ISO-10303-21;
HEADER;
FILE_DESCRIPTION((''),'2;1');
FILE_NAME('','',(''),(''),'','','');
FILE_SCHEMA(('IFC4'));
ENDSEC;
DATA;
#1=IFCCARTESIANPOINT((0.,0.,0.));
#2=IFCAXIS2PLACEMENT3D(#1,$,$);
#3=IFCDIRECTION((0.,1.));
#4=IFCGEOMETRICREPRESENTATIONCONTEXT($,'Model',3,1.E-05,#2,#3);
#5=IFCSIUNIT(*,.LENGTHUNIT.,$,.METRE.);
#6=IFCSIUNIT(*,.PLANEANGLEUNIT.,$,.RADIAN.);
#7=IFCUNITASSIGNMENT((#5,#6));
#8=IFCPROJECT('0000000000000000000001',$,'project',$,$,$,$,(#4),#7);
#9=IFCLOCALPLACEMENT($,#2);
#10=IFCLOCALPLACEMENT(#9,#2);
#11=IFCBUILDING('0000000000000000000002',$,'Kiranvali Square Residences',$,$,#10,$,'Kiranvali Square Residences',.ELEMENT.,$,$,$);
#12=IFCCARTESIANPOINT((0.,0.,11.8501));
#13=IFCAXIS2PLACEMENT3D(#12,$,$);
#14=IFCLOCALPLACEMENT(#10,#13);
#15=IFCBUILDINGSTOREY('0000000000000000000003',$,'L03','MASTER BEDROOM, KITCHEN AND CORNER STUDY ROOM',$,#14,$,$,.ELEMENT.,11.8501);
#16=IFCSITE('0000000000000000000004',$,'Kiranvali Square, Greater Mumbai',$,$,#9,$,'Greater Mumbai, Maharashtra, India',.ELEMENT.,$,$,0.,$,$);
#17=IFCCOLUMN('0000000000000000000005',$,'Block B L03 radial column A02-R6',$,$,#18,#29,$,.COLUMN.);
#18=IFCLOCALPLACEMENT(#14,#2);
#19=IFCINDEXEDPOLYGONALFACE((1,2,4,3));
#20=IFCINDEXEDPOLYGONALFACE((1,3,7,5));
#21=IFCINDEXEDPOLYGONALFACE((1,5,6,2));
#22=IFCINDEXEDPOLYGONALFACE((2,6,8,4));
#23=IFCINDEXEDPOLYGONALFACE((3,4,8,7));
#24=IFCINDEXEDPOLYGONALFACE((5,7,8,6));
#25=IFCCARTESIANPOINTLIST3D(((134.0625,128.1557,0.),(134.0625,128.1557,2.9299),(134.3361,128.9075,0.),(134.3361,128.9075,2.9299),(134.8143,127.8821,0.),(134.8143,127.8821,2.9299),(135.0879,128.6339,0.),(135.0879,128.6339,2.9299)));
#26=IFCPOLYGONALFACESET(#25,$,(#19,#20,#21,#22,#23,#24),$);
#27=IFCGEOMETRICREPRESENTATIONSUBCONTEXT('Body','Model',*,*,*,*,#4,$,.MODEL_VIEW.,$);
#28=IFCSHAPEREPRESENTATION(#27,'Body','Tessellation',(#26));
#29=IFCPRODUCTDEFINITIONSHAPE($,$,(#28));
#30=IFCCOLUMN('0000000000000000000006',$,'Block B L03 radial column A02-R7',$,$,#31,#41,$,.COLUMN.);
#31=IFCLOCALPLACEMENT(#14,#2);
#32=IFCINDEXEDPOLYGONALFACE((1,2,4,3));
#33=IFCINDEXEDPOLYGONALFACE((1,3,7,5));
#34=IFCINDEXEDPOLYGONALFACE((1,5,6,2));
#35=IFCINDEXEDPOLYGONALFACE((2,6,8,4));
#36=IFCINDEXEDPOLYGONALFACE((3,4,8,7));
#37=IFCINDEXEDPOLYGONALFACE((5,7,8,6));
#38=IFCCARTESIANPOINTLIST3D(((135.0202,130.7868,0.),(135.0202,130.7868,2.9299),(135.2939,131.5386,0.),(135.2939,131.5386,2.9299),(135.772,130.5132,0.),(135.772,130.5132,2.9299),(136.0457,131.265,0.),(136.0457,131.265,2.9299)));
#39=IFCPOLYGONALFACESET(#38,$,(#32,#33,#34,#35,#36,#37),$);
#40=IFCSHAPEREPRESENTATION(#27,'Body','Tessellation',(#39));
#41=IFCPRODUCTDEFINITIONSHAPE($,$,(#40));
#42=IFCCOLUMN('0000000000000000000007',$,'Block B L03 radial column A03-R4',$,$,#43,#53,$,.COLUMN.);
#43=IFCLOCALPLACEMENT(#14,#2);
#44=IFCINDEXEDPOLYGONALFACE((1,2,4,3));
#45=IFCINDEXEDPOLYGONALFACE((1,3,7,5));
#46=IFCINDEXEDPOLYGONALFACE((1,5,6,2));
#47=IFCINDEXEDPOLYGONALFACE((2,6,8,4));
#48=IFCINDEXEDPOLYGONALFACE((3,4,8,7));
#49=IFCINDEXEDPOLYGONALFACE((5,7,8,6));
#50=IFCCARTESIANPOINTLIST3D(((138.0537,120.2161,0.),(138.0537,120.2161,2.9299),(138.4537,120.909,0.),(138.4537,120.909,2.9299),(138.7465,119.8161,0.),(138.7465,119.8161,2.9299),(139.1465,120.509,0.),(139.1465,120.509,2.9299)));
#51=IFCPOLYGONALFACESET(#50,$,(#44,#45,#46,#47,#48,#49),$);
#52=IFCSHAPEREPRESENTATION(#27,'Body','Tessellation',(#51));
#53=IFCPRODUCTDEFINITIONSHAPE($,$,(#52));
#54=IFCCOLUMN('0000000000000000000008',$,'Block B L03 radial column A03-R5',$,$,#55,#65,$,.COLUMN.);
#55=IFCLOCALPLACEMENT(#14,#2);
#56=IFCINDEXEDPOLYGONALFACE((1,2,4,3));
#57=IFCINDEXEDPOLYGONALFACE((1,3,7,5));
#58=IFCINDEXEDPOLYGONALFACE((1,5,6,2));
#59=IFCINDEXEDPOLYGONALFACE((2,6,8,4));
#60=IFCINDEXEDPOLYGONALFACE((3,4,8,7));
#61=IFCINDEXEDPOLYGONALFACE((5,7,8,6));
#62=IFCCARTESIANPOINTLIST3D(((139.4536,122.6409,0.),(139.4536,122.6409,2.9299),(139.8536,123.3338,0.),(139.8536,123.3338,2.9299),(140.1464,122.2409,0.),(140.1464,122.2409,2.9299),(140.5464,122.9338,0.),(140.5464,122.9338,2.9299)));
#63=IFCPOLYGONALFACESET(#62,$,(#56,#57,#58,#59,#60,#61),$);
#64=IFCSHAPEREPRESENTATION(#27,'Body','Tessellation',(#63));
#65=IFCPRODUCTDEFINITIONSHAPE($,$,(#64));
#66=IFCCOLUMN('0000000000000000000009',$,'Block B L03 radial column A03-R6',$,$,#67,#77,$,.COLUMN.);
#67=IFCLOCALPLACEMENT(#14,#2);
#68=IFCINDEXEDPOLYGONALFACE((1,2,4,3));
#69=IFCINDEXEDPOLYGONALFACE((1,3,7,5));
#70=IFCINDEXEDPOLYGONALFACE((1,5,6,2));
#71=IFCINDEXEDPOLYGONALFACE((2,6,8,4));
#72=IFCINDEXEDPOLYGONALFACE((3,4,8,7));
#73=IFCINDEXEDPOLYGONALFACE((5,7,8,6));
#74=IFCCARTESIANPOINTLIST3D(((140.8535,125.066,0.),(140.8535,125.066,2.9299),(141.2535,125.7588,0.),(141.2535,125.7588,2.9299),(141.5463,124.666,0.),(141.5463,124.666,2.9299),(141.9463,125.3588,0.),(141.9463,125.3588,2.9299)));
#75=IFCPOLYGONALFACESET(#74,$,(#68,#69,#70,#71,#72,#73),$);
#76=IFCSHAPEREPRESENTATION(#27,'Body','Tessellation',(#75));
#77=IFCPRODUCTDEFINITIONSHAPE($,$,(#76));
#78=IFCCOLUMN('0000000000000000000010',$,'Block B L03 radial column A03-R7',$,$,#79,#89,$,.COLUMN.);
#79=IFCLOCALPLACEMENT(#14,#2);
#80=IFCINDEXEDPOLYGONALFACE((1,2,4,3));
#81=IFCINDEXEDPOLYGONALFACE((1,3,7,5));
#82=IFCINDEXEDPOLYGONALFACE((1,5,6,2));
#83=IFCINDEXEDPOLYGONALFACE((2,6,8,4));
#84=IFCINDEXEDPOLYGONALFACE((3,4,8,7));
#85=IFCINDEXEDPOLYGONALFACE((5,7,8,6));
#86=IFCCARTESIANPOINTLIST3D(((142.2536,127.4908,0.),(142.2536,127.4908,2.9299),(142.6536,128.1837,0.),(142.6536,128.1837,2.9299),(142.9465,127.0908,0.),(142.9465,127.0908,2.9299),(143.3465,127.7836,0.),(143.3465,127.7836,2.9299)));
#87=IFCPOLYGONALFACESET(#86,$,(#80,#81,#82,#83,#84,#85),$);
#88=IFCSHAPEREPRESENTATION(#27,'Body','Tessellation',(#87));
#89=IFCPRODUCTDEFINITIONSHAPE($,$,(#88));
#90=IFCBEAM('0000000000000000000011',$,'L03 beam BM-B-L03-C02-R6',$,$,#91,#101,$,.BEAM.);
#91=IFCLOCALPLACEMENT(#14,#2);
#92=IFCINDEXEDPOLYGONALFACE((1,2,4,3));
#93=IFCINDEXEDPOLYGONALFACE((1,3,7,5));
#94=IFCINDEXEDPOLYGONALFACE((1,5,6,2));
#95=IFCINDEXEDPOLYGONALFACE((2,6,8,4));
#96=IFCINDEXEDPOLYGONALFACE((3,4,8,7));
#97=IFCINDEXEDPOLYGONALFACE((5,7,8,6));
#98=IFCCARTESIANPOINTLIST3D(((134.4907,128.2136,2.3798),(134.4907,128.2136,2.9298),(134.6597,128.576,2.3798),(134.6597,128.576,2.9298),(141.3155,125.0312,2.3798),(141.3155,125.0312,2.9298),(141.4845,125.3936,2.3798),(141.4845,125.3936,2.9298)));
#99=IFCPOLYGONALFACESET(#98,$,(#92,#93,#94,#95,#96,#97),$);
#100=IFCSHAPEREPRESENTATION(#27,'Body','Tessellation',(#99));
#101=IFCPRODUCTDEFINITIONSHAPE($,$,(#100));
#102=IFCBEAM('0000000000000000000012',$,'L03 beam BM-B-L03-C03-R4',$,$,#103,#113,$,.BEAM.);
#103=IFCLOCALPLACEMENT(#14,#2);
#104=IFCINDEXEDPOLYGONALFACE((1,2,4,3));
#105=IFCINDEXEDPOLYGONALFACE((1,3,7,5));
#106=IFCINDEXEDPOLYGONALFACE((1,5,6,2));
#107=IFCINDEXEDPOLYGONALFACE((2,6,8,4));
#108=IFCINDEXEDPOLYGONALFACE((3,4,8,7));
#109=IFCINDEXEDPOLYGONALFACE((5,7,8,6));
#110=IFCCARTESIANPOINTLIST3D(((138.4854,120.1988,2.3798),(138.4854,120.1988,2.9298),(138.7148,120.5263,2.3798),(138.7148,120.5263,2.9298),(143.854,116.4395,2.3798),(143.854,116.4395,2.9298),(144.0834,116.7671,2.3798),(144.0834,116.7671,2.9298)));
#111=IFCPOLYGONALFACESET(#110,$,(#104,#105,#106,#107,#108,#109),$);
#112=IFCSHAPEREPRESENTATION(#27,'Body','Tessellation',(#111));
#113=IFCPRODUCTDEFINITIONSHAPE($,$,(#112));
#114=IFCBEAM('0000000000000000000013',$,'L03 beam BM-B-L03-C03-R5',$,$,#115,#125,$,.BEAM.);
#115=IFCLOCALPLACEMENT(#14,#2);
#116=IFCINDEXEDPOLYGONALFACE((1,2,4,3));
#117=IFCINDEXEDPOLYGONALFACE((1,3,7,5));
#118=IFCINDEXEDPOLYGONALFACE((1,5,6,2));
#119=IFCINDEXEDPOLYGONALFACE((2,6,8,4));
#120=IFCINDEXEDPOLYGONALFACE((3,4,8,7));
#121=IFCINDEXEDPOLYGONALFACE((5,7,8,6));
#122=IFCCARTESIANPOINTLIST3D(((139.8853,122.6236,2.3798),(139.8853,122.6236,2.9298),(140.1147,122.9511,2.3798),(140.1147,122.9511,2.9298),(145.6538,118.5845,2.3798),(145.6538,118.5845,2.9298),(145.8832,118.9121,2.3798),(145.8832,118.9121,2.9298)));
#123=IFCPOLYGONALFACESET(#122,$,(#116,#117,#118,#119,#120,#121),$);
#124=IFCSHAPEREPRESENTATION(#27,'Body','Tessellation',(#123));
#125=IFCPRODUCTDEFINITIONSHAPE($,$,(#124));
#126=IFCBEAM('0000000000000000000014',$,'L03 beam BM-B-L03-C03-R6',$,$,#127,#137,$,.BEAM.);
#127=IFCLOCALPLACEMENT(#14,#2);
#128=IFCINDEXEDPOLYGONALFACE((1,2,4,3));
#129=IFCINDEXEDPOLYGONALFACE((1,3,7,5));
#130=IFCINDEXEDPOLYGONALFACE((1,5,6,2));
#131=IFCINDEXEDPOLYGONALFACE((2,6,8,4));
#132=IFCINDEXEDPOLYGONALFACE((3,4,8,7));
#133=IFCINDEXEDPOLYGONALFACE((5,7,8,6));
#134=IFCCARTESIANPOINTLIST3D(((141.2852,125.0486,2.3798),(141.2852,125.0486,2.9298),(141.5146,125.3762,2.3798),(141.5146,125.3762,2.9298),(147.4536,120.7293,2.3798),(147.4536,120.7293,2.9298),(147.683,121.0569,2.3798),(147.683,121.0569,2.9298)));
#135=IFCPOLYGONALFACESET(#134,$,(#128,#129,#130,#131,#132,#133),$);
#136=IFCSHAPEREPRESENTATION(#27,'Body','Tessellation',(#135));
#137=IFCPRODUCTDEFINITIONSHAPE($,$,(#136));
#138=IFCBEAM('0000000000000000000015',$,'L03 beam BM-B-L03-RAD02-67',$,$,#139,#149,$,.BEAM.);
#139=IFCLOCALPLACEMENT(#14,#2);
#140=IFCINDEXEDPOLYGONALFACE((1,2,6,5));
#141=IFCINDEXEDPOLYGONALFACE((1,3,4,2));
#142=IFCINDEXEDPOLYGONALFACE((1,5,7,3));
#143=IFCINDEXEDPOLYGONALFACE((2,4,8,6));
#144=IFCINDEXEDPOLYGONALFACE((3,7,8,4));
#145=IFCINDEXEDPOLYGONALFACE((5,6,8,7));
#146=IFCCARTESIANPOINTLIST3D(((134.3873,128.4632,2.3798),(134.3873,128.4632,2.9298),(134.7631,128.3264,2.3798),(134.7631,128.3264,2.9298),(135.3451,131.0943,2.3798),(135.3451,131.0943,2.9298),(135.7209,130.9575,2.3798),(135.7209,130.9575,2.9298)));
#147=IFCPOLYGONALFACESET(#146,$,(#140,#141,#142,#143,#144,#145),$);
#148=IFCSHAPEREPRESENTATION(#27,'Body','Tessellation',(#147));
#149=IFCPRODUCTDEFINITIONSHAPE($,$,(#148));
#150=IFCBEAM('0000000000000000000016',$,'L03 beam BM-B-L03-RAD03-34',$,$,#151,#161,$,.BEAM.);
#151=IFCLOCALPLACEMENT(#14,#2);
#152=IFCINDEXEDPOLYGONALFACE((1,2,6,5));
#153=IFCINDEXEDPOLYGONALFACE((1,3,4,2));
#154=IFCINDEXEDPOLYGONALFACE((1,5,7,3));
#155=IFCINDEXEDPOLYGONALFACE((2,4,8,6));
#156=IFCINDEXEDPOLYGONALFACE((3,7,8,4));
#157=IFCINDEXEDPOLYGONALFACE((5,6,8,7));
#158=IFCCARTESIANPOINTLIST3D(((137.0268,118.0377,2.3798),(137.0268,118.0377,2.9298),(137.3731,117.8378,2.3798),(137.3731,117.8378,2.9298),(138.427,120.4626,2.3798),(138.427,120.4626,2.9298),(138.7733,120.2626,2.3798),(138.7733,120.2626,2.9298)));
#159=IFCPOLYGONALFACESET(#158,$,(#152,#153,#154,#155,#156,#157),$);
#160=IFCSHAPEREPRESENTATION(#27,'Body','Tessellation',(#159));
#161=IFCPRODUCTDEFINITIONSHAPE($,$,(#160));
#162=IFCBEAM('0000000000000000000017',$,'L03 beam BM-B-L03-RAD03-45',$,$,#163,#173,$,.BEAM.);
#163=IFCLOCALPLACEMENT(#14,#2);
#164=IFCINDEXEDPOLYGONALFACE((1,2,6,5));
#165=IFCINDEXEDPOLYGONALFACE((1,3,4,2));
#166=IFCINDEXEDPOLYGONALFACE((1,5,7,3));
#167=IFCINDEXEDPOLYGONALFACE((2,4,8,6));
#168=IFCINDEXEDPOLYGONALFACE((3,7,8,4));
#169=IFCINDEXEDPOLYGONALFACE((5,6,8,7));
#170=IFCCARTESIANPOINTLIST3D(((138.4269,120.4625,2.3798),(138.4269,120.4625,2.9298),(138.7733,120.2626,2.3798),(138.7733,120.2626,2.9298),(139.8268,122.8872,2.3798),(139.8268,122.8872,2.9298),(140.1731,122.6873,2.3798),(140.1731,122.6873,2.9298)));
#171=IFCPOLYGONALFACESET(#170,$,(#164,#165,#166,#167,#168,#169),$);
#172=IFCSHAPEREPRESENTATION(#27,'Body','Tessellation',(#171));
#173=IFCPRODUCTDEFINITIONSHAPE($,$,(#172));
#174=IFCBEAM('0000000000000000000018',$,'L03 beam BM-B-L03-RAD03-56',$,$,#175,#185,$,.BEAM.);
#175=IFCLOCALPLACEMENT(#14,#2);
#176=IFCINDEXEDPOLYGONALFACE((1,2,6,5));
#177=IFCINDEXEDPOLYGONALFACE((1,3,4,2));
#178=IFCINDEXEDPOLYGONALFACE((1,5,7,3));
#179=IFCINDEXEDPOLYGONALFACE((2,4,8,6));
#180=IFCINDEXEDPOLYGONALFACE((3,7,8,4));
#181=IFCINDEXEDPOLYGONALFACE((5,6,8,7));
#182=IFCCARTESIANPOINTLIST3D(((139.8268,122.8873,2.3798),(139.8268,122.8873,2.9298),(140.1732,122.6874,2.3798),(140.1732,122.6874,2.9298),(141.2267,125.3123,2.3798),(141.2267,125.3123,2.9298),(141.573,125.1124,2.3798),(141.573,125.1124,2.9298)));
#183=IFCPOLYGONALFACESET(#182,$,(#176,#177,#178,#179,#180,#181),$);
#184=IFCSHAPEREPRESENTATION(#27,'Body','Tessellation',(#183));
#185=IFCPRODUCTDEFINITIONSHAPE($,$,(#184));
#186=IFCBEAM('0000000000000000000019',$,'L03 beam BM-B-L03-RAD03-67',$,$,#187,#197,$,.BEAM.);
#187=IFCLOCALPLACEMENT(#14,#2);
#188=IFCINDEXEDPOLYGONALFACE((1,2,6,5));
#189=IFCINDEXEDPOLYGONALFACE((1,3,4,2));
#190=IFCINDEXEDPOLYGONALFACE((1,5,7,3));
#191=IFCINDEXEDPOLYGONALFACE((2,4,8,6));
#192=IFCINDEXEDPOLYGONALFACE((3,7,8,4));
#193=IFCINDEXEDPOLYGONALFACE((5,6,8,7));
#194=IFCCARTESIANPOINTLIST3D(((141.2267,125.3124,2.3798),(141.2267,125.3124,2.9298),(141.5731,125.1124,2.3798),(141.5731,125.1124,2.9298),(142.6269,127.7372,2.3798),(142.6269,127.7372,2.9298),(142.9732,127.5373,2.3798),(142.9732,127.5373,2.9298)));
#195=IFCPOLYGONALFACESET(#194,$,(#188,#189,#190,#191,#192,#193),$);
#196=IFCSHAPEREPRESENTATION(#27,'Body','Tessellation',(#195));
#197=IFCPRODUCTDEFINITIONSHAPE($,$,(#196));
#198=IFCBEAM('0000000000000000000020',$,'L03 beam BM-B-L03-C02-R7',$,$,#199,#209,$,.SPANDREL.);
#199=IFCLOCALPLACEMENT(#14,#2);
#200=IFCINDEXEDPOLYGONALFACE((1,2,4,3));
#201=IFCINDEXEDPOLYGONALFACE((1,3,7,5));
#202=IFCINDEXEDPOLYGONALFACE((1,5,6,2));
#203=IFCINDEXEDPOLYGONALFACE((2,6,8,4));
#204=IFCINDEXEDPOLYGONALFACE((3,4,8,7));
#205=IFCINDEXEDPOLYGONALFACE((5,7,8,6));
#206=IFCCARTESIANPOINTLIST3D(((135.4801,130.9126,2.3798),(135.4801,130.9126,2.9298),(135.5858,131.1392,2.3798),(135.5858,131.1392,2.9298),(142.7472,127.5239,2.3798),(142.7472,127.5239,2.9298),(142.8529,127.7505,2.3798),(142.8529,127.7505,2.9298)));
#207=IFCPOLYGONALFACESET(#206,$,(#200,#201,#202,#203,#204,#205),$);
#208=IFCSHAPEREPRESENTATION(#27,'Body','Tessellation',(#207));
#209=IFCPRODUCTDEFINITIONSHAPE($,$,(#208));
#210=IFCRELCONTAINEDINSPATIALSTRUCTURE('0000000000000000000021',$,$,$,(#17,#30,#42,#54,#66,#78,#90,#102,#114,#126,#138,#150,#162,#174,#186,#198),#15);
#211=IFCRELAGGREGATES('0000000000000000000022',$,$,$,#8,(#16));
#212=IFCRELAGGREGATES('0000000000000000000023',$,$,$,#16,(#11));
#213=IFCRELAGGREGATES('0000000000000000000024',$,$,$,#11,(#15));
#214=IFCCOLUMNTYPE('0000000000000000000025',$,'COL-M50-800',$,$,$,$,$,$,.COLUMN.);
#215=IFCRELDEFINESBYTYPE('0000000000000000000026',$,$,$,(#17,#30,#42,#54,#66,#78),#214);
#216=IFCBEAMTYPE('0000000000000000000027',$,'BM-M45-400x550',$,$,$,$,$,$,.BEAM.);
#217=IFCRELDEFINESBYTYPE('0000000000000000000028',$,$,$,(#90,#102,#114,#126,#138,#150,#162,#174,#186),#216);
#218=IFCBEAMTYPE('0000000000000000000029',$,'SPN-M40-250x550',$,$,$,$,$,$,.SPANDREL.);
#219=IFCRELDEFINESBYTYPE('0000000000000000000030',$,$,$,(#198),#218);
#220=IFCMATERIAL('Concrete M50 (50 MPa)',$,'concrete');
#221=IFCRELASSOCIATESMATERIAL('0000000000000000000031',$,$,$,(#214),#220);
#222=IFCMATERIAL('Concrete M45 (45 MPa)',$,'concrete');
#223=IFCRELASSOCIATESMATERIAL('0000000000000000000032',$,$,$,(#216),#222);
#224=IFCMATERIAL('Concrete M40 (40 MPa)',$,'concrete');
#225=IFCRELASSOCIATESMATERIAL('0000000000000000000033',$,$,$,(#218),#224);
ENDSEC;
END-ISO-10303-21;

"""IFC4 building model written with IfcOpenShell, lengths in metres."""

from ifc_helpers import new_model, si_unit, direction, frame, origin, origin_2d, place, context, subcontext, project, spatial, rectangle, extrude, material, material_profile, profile_set, type_object, element, save


model = new_model("IFC4")

# Units and contexts
model_context = context("Model", 3, precision=1e-05, world=origin(), true_north=direction((0.0, 1.0)))
body_context = subcontext(model_context, "Body", "Model", "MODEL_VIEW")
ifc_project = project(units=[si_unit("LENGTHUNIT", "METRE"), si_unit("PLANEANGLEUNIT", "RADIAN")], contexts=[model_context])

# Site, building, storey
site_placement = place(None, origin())
site = spatial("IfcSite", under=ifc_project, at=site_placement, Name="Kiranvali Square, Greater Mumbai", LongName="Greater Mumbai, Maharashtra, India", CompositionType="ELEMENT", RefElevation=0.0)
building_placement = place(site_placement, origin())
building = spatial("IfcBuilding", under=site, at=building_placement, Name="Kiranvali Square Residences", LongName="Kiranvali Square Residences", CompositionType="ELEMENT")
storey_placement = place(building_placement, frame((0.0, 0.0, 11.8501)))
storey = spatial("IfcBuildingStorey", under=building, at=storey_placement, Name="L03", Description="MASTER BEDROOM, KITCHEN AND CORNER STUDY ROOM", CompositionType="ELEMENT", Elevation=11.8501)

# Columns
ifc_material_1 = material(Name="Concrete M50 (50 MPa)", Category="concrete")
ifc_material_profile_1 = material_profile(ifc_material_1, rectangle(XDim=0.8, YDim=0.8, at=origin_2d()), Name="RC 800x800")
ifc_profile_set_1 = profile_set([ifc_material_profile_1], Name="Concrete M50 (50 MPa)")
column_type = type_object("IfcColumnType", Name="COL-M50-800", PredefinedType="COLUMN", material=ifc_profile_set_1)
for number, where, z_axis, x_axis, name in (
    (1, (134.5752, 128.3948, 0.0), (0.0, 0.0, 1.0), (-0.939693, 0.34202, 0.0), "Block B L03 radial column A02-R6"),
    (2, (135.533, 131.0259, 0.0), (0.0, 0.0, 1.0), (-0.939693, 0.34202, 0.0), "Block B L03 radial column A02-R7"),
    (3, (138.6001, 120.3625, 0.0), (0.0, 0.0, 1.0), (-0.866025, 0.5, 0.0), "Block B L03 radial column A03-R4"),
    (4, (140.0, 122.7874, 0.0), (0.0, 0.0, 1.0), (-0.866025, 0.5, 0.0), "Block B L03 radial column A03-R5"),
    (5, (141.3999, 125.2124, 0.0), (0.0, 0.0, 1.0), (-0.866025, 0.5, 0.0), "Block B L03 radial column A03-R6"),
    (6, (142.8, 127.6372, 0.0), (0.0, 0.0, 1.0), (-0.866025, 0.5, 0.0), "Block B L03 radial column A03-R7"),
):
    element("IfcColumn", number, at=place(storey_placement, frame(where, z_axis=z_axis, x_axis=x_axis)), inside=storey, type_object=column_type, Name=name, PredefinedType="COLUMN", context=body_context, shape_type="SweptSolid", body=[
        extrude(rectangle(XDim=0.8, YDim=0.8, at=origin_2d()), origin(), (0.0, 0.0, 1.0), 2.9299),
    ])

# Beams
ifc_material_2 = material(Name="Concrete M45 (45 MPa)", Category="concrete")
ifc_material_profile_2 = material_profile(ifc_material_2, rectangle(XDim=0.3999, YDim=0.55, at=origin_2d()), Name="RC 400x550")
ifc_profile_set_2 = profile_set([ifc_material_profile_2], Name="Concrete M45 (45 MPa)")
beam_type_1 = type_object("IfcBeamType", Name="BM-M45-400x550", PredefinedType="BEAM", material=ifc_profile_set_2)
beam_1_placement = place(storey_placement, frame((134.5752, 128.3948, 2.6548), z_axis=(0.90631, -0.422614, 0.0), x_axis=(0.422614, 0.90631, 0.0)))
element("IfcBeam", 7, at=beam_1_placement, inside=storey, type_object=beam_type_1, Name="L03 beam BM-B-L03-C02-R6", PredefinedType="BEAM", context=body_context, shape_type="SweptSolid", body=[
    extrude(rectangle(XDim=0.3999, YDim=0.55, at=origin_2d()), origin(), (0.0, 0.0, 1.0), 7.5303),
])
beam_2_placement = place(storey_placement, frame((138.6001, 120.3625, 2.6548), z_axis=(0.819144, -0.573587, 0.0), x_axis=(0.573587, 0.819144, 0.0)))
element("IfcBeam", 8, at=beam_2_placement, inside=storey, type_object=beam_type_1, Name="L03 beam BM-B-L03-C03-R4", PredefinedType="BEAM", context=body_context, shape_type="SweptSolid", body=[
    extrude(rectangle(XDim=0.3999, YDim=0.55, at=origin_2d()), origin(), (0.0, 0.0, 1.0), 6.554),
])
beam_3_placement = place(storey_placement, frame((140.0, 122.7874, 2.6548), z_axis=(0.81916, -0.573565, 0.0), x_axis=(0.573565, 0.81916, 0.0)))
element("IfcBeam", 9, at=beam_3_placement, inside=storey, type_object=beam_type_1, Name="L03 beam BM-B-L03-C03-R5", PredefinedType="BEAM", context=body_context, shape_type="SweptSolid", body=[
    extrude(rectangle(XDim=0.3999, YDim=0.55, at=origin_2d()), origin(), (0.0, 0.0, 1.0), 7.042),
])
beam_4_placement = place(storey_placement, frame((141.3999, 125.2124, 2.6548), z_axis=(0.819144, -0.573589, 0.0), x_axis=(0.573589, 0.819144, 0.0)))
element("IfcBeam", 10, at=beam_4_placement, inside=storey, type_object=beam_type_1, Name="L03 beam BM-B-L03-C03-R6", PredefinedType="BEAM", context=body_context, shape_type="SweptSolid", body=[
    extrude(rectangle(XDim=0.3999, YDim=0.55, at=origin_2d()), origin(), (0.0, 0.0, 1.0), 7.5303),
])
for number, where, z_axis, x_axis, name in (
    (11, (134.5752, 128.3948, 2.6548), (0.342058, 0.939679, 0.0), (-0.939679, 0.342058, 0.0), "L03 beam BM-B-L03-RAD02-67"),
    (12, (137.2, 117.9377, 2.6548), (0.50005, 0.865997, 0.0), (-0.865997, 0.50005, 0.0), "L03 beam BM-B-L03-RAD03-34"),
):
    element("IfcBeam", number, at=place(storey_placement, frame(where, z_axis=z_axis, x_axis=x_axis)), inside=storey, type_object=beam_type_1, Name=name, PredefinedType="BEAM", context=body_context, shape_type="SweptSolid", body=[
        extrude(rectangle(XDim=0.3999, YDim=0.55, at=origin_2d()), origin(), (0.0, 0.0, 1.0), 2.8),
    ])
beam_5_placement = place(storey_placement, frame((138.6001, 120.3625, 2.6548), z_axis=(0.499984, 0.866035, 0.0), x_axis=(-0.866035, 0.499984, 0.0)))
element("IfcBeam", 13, at=beam_5_placement, inside=storey, type_object=beam_type_1, Name="L03 beam BM-B-L03-RAD03-45", PredefinedType="BEAM", context=body_context, shape_type="SweptSolid", body=[
    extrude(rectangle(XDim=0.3999, YDim=0.55, at=origin_2d()), origin(), (0.0, 0.0, 1.0), 2.7998),
])
for number, where, z_axis, x_axis, name in (
    (14, (140.0, 122.7874, 2.6548), (0.499946, 0.866056, 0.0), (-0.866056, 0.499946, 0.0), "L03 beam BM-B-L03-RAD03-56"),
    (15, (141.3999, 125.2124, 2.6548), (0.50005, 0.865997, 0.0), (-0.865997, 0.50005, 0.0), "L03 beam BM-B-L03-RAD03-67"),
):
    element("IfcBeam", number, at=place(storey_placement, frame(where, z_axis=z_axis, x_axis=x_axis)), inside=storey, type_object=beam_type_1, Name=name, PredefinedType="BEAM", context=body_context, shape_type="SweptSolid", body=[
        extrude(rectangle(XDim=0.3999, YDim=0.55, at=origin_2d()), origin(), (0.0, 0.0, 1.0), 2.8),
    ])
ifc_material_3 = material(Name="Concrete M40 (40 MPa)", Category="concrete")
ifc_material_profile_3 = material_profile(ifc_material_3, rectangle(XDim=0.25, YDim=0.55, at=origin_2d()), Name="RC 250x550")
ifc_profile_set_3 = profile_set([ifc_material_profile_3], Name="Concrete M40 (40 MPa)")
beam_type_2 = type_object("IfcBeamType", Name="SPN-M40-250x550", PredefinedType="SPANDREL", material=ifc_profile_set_3)
for number, where, z_axis, x_axis, name in (
    (16, (135.533, 131.0259, 2.6548), (0.906309, -0.422615, 0.0), (0.422615, 0.906309, 0.0), "L03 beam BM-B-L03-C02-R7"),
):
    element("IfcBeam", number, at=place(storey_placement, frame(where, z_axis=z_axis, x_axis=x_axis)), inside=storey, type_object=beam_type_2, Name=name, PredefinedType="SPANDREL", context=body_context, shape_type="SweptSolid", body=[
        extrude(rectangle(XDim=0.25, YDim=0.55, at=origin_2d()), origin(), (0.0, 0.0, 1.0), 8.0183),
    ])

save(model, "model.ifc")
